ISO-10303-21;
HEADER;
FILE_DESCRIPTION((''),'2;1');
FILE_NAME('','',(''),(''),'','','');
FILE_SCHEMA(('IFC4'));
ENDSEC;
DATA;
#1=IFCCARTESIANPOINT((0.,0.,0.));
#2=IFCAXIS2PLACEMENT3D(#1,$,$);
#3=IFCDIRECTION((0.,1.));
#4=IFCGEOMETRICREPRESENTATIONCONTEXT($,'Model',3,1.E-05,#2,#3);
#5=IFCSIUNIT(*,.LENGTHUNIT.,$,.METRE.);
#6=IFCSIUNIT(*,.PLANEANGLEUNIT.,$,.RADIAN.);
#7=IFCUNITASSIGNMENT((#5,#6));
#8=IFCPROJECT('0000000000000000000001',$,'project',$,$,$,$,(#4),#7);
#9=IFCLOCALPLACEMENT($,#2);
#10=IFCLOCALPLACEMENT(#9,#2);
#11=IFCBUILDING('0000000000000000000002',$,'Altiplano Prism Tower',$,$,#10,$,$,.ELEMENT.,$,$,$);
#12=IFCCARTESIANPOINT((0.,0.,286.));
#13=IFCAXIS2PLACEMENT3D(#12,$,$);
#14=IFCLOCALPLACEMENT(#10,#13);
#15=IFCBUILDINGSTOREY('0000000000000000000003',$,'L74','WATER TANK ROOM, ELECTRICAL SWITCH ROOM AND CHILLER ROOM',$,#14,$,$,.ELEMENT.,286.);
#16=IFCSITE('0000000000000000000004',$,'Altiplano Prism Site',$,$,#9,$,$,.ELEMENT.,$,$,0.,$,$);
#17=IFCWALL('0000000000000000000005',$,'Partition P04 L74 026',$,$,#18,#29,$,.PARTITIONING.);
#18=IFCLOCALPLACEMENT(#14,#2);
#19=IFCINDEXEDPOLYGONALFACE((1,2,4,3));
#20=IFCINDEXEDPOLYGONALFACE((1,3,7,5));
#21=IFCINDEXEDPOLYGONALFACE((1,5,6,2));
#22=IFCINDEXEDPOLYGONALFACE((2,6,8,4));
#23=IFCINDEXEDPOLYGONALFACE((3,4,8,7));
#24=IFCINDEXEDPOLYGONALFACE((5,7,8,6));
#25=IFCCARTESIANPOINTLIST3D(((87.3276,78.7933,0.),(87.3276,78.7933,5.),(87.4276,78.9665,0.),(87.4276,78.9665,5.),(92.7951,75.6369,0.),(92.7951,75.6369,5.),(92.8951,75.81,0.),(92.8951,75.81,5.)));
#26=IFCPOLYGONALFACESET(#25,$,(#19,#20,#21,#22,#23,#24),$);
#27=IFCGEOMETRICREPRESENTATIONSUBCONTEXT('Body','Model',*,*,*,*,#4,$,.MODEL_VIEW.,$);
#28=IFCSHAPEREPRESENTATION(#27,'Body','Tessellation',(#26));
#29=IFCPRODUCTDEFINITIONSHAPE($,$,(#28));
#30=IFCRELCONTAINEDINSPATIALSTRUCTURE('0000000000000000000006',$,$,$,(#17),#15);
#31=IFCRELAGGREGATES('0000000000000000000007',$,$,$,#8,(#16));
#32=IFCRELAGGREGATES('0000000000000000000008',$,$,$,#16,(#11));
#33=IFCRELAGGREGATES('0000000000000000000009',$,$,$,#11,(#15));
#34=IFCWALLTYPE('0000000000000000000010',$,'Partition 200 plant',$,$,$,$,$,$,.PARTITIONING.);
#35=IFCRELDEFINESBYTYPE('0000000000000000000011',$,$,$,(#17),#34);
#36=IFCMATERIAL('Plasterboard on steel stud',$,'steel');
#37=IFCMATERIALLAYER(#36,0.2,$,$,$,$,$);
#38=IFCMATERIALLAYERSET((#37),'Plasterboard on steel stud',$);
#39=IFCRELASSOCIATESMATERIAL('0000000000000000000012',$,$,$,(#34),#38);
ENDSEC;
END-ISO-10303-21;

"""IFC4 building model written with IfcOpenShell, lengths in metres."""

from ifc_helpers import new_model, si_unit, direction, frame, frame_2d, origin, place, context, subcontext, project, spatial, rectangle, extrude, material, layer, layer_set, type_object, element, save


model = new_model("IFC4")

# Units and contexts
model_context = context("Model", 3, precision=1e-05, world=origin(), true_north=direction((0.0, 1.0)))
body_context = subcontext(model_context, "Body", "Model", "MODEL_VIEW")
ifc_project = project(units=[si_unit("LENGTHUNIT", "METRE"), si_unit("PLANEANGLEUNIT", "RADIAN")], contexts=[model_context])

# Site, building, storey
site_placement = place(None, origin())
site = spatial("IfcSite", under=ifc_project, at=site_placement, Name="Altiplano Prism Site", CompositionType="ELEMENT", RefElevation=0.0)
building_placement = place(site_placement, origin())
building = spatial("IfcBuilding", under=site, at=building_placement, Name="Altiplano Prism Tower", CompositionType="ELEMENT")
storey_placement = place(building_placement, frame((0.0, 0.0, 286.0)))
storey = spatial("IfcBuildingStorey", under=building, at=storey_placement, Name="L74", Description="WATER TANK ROOM, ELECTRICAL SWITCH ROOM AND CHILLER ROOM", CompositionType="ELEMENT", Elevation=286.0)

# Shared definitions
ifc_material_1 = material(Name="Plasterboard on steel stud", Category="steel")
ifc_layer_1 = layer(ifc_material_1, 0.2)
ifc_layer_set_1 = layer_set([ifc_layer_1], Name="Plasterboard on steel stud")
wall_type = type_object("IfcWallType", Name="Partition 200 plant", PredefinedType="PARTITIONING", material=ifc_layer_set_1)

# Wall
wall_1_placement = place(storey_placement, frame((92.8452, 75.7234, 0.0), z_axis=(0.0, 0.0, 1.0), x_axis=(-0.866038, 0.499978, 0.0)))
element("IfcWall", 1, at=wall_1_placement, inside=storey, type_object=wall_type, Name="Partition P04 L74 026", PredefinedType="PARTITIONING", context=body_context, shape_type="SweptSolid", body=[
    extrude(rectangle(XDim=6.3132, YDim=0.2, at=frame_2d((3.1567, 0.0))), origin(), (0.0, 0.0, 1.0), 5.0),
])

save(model, "model.ifc")
